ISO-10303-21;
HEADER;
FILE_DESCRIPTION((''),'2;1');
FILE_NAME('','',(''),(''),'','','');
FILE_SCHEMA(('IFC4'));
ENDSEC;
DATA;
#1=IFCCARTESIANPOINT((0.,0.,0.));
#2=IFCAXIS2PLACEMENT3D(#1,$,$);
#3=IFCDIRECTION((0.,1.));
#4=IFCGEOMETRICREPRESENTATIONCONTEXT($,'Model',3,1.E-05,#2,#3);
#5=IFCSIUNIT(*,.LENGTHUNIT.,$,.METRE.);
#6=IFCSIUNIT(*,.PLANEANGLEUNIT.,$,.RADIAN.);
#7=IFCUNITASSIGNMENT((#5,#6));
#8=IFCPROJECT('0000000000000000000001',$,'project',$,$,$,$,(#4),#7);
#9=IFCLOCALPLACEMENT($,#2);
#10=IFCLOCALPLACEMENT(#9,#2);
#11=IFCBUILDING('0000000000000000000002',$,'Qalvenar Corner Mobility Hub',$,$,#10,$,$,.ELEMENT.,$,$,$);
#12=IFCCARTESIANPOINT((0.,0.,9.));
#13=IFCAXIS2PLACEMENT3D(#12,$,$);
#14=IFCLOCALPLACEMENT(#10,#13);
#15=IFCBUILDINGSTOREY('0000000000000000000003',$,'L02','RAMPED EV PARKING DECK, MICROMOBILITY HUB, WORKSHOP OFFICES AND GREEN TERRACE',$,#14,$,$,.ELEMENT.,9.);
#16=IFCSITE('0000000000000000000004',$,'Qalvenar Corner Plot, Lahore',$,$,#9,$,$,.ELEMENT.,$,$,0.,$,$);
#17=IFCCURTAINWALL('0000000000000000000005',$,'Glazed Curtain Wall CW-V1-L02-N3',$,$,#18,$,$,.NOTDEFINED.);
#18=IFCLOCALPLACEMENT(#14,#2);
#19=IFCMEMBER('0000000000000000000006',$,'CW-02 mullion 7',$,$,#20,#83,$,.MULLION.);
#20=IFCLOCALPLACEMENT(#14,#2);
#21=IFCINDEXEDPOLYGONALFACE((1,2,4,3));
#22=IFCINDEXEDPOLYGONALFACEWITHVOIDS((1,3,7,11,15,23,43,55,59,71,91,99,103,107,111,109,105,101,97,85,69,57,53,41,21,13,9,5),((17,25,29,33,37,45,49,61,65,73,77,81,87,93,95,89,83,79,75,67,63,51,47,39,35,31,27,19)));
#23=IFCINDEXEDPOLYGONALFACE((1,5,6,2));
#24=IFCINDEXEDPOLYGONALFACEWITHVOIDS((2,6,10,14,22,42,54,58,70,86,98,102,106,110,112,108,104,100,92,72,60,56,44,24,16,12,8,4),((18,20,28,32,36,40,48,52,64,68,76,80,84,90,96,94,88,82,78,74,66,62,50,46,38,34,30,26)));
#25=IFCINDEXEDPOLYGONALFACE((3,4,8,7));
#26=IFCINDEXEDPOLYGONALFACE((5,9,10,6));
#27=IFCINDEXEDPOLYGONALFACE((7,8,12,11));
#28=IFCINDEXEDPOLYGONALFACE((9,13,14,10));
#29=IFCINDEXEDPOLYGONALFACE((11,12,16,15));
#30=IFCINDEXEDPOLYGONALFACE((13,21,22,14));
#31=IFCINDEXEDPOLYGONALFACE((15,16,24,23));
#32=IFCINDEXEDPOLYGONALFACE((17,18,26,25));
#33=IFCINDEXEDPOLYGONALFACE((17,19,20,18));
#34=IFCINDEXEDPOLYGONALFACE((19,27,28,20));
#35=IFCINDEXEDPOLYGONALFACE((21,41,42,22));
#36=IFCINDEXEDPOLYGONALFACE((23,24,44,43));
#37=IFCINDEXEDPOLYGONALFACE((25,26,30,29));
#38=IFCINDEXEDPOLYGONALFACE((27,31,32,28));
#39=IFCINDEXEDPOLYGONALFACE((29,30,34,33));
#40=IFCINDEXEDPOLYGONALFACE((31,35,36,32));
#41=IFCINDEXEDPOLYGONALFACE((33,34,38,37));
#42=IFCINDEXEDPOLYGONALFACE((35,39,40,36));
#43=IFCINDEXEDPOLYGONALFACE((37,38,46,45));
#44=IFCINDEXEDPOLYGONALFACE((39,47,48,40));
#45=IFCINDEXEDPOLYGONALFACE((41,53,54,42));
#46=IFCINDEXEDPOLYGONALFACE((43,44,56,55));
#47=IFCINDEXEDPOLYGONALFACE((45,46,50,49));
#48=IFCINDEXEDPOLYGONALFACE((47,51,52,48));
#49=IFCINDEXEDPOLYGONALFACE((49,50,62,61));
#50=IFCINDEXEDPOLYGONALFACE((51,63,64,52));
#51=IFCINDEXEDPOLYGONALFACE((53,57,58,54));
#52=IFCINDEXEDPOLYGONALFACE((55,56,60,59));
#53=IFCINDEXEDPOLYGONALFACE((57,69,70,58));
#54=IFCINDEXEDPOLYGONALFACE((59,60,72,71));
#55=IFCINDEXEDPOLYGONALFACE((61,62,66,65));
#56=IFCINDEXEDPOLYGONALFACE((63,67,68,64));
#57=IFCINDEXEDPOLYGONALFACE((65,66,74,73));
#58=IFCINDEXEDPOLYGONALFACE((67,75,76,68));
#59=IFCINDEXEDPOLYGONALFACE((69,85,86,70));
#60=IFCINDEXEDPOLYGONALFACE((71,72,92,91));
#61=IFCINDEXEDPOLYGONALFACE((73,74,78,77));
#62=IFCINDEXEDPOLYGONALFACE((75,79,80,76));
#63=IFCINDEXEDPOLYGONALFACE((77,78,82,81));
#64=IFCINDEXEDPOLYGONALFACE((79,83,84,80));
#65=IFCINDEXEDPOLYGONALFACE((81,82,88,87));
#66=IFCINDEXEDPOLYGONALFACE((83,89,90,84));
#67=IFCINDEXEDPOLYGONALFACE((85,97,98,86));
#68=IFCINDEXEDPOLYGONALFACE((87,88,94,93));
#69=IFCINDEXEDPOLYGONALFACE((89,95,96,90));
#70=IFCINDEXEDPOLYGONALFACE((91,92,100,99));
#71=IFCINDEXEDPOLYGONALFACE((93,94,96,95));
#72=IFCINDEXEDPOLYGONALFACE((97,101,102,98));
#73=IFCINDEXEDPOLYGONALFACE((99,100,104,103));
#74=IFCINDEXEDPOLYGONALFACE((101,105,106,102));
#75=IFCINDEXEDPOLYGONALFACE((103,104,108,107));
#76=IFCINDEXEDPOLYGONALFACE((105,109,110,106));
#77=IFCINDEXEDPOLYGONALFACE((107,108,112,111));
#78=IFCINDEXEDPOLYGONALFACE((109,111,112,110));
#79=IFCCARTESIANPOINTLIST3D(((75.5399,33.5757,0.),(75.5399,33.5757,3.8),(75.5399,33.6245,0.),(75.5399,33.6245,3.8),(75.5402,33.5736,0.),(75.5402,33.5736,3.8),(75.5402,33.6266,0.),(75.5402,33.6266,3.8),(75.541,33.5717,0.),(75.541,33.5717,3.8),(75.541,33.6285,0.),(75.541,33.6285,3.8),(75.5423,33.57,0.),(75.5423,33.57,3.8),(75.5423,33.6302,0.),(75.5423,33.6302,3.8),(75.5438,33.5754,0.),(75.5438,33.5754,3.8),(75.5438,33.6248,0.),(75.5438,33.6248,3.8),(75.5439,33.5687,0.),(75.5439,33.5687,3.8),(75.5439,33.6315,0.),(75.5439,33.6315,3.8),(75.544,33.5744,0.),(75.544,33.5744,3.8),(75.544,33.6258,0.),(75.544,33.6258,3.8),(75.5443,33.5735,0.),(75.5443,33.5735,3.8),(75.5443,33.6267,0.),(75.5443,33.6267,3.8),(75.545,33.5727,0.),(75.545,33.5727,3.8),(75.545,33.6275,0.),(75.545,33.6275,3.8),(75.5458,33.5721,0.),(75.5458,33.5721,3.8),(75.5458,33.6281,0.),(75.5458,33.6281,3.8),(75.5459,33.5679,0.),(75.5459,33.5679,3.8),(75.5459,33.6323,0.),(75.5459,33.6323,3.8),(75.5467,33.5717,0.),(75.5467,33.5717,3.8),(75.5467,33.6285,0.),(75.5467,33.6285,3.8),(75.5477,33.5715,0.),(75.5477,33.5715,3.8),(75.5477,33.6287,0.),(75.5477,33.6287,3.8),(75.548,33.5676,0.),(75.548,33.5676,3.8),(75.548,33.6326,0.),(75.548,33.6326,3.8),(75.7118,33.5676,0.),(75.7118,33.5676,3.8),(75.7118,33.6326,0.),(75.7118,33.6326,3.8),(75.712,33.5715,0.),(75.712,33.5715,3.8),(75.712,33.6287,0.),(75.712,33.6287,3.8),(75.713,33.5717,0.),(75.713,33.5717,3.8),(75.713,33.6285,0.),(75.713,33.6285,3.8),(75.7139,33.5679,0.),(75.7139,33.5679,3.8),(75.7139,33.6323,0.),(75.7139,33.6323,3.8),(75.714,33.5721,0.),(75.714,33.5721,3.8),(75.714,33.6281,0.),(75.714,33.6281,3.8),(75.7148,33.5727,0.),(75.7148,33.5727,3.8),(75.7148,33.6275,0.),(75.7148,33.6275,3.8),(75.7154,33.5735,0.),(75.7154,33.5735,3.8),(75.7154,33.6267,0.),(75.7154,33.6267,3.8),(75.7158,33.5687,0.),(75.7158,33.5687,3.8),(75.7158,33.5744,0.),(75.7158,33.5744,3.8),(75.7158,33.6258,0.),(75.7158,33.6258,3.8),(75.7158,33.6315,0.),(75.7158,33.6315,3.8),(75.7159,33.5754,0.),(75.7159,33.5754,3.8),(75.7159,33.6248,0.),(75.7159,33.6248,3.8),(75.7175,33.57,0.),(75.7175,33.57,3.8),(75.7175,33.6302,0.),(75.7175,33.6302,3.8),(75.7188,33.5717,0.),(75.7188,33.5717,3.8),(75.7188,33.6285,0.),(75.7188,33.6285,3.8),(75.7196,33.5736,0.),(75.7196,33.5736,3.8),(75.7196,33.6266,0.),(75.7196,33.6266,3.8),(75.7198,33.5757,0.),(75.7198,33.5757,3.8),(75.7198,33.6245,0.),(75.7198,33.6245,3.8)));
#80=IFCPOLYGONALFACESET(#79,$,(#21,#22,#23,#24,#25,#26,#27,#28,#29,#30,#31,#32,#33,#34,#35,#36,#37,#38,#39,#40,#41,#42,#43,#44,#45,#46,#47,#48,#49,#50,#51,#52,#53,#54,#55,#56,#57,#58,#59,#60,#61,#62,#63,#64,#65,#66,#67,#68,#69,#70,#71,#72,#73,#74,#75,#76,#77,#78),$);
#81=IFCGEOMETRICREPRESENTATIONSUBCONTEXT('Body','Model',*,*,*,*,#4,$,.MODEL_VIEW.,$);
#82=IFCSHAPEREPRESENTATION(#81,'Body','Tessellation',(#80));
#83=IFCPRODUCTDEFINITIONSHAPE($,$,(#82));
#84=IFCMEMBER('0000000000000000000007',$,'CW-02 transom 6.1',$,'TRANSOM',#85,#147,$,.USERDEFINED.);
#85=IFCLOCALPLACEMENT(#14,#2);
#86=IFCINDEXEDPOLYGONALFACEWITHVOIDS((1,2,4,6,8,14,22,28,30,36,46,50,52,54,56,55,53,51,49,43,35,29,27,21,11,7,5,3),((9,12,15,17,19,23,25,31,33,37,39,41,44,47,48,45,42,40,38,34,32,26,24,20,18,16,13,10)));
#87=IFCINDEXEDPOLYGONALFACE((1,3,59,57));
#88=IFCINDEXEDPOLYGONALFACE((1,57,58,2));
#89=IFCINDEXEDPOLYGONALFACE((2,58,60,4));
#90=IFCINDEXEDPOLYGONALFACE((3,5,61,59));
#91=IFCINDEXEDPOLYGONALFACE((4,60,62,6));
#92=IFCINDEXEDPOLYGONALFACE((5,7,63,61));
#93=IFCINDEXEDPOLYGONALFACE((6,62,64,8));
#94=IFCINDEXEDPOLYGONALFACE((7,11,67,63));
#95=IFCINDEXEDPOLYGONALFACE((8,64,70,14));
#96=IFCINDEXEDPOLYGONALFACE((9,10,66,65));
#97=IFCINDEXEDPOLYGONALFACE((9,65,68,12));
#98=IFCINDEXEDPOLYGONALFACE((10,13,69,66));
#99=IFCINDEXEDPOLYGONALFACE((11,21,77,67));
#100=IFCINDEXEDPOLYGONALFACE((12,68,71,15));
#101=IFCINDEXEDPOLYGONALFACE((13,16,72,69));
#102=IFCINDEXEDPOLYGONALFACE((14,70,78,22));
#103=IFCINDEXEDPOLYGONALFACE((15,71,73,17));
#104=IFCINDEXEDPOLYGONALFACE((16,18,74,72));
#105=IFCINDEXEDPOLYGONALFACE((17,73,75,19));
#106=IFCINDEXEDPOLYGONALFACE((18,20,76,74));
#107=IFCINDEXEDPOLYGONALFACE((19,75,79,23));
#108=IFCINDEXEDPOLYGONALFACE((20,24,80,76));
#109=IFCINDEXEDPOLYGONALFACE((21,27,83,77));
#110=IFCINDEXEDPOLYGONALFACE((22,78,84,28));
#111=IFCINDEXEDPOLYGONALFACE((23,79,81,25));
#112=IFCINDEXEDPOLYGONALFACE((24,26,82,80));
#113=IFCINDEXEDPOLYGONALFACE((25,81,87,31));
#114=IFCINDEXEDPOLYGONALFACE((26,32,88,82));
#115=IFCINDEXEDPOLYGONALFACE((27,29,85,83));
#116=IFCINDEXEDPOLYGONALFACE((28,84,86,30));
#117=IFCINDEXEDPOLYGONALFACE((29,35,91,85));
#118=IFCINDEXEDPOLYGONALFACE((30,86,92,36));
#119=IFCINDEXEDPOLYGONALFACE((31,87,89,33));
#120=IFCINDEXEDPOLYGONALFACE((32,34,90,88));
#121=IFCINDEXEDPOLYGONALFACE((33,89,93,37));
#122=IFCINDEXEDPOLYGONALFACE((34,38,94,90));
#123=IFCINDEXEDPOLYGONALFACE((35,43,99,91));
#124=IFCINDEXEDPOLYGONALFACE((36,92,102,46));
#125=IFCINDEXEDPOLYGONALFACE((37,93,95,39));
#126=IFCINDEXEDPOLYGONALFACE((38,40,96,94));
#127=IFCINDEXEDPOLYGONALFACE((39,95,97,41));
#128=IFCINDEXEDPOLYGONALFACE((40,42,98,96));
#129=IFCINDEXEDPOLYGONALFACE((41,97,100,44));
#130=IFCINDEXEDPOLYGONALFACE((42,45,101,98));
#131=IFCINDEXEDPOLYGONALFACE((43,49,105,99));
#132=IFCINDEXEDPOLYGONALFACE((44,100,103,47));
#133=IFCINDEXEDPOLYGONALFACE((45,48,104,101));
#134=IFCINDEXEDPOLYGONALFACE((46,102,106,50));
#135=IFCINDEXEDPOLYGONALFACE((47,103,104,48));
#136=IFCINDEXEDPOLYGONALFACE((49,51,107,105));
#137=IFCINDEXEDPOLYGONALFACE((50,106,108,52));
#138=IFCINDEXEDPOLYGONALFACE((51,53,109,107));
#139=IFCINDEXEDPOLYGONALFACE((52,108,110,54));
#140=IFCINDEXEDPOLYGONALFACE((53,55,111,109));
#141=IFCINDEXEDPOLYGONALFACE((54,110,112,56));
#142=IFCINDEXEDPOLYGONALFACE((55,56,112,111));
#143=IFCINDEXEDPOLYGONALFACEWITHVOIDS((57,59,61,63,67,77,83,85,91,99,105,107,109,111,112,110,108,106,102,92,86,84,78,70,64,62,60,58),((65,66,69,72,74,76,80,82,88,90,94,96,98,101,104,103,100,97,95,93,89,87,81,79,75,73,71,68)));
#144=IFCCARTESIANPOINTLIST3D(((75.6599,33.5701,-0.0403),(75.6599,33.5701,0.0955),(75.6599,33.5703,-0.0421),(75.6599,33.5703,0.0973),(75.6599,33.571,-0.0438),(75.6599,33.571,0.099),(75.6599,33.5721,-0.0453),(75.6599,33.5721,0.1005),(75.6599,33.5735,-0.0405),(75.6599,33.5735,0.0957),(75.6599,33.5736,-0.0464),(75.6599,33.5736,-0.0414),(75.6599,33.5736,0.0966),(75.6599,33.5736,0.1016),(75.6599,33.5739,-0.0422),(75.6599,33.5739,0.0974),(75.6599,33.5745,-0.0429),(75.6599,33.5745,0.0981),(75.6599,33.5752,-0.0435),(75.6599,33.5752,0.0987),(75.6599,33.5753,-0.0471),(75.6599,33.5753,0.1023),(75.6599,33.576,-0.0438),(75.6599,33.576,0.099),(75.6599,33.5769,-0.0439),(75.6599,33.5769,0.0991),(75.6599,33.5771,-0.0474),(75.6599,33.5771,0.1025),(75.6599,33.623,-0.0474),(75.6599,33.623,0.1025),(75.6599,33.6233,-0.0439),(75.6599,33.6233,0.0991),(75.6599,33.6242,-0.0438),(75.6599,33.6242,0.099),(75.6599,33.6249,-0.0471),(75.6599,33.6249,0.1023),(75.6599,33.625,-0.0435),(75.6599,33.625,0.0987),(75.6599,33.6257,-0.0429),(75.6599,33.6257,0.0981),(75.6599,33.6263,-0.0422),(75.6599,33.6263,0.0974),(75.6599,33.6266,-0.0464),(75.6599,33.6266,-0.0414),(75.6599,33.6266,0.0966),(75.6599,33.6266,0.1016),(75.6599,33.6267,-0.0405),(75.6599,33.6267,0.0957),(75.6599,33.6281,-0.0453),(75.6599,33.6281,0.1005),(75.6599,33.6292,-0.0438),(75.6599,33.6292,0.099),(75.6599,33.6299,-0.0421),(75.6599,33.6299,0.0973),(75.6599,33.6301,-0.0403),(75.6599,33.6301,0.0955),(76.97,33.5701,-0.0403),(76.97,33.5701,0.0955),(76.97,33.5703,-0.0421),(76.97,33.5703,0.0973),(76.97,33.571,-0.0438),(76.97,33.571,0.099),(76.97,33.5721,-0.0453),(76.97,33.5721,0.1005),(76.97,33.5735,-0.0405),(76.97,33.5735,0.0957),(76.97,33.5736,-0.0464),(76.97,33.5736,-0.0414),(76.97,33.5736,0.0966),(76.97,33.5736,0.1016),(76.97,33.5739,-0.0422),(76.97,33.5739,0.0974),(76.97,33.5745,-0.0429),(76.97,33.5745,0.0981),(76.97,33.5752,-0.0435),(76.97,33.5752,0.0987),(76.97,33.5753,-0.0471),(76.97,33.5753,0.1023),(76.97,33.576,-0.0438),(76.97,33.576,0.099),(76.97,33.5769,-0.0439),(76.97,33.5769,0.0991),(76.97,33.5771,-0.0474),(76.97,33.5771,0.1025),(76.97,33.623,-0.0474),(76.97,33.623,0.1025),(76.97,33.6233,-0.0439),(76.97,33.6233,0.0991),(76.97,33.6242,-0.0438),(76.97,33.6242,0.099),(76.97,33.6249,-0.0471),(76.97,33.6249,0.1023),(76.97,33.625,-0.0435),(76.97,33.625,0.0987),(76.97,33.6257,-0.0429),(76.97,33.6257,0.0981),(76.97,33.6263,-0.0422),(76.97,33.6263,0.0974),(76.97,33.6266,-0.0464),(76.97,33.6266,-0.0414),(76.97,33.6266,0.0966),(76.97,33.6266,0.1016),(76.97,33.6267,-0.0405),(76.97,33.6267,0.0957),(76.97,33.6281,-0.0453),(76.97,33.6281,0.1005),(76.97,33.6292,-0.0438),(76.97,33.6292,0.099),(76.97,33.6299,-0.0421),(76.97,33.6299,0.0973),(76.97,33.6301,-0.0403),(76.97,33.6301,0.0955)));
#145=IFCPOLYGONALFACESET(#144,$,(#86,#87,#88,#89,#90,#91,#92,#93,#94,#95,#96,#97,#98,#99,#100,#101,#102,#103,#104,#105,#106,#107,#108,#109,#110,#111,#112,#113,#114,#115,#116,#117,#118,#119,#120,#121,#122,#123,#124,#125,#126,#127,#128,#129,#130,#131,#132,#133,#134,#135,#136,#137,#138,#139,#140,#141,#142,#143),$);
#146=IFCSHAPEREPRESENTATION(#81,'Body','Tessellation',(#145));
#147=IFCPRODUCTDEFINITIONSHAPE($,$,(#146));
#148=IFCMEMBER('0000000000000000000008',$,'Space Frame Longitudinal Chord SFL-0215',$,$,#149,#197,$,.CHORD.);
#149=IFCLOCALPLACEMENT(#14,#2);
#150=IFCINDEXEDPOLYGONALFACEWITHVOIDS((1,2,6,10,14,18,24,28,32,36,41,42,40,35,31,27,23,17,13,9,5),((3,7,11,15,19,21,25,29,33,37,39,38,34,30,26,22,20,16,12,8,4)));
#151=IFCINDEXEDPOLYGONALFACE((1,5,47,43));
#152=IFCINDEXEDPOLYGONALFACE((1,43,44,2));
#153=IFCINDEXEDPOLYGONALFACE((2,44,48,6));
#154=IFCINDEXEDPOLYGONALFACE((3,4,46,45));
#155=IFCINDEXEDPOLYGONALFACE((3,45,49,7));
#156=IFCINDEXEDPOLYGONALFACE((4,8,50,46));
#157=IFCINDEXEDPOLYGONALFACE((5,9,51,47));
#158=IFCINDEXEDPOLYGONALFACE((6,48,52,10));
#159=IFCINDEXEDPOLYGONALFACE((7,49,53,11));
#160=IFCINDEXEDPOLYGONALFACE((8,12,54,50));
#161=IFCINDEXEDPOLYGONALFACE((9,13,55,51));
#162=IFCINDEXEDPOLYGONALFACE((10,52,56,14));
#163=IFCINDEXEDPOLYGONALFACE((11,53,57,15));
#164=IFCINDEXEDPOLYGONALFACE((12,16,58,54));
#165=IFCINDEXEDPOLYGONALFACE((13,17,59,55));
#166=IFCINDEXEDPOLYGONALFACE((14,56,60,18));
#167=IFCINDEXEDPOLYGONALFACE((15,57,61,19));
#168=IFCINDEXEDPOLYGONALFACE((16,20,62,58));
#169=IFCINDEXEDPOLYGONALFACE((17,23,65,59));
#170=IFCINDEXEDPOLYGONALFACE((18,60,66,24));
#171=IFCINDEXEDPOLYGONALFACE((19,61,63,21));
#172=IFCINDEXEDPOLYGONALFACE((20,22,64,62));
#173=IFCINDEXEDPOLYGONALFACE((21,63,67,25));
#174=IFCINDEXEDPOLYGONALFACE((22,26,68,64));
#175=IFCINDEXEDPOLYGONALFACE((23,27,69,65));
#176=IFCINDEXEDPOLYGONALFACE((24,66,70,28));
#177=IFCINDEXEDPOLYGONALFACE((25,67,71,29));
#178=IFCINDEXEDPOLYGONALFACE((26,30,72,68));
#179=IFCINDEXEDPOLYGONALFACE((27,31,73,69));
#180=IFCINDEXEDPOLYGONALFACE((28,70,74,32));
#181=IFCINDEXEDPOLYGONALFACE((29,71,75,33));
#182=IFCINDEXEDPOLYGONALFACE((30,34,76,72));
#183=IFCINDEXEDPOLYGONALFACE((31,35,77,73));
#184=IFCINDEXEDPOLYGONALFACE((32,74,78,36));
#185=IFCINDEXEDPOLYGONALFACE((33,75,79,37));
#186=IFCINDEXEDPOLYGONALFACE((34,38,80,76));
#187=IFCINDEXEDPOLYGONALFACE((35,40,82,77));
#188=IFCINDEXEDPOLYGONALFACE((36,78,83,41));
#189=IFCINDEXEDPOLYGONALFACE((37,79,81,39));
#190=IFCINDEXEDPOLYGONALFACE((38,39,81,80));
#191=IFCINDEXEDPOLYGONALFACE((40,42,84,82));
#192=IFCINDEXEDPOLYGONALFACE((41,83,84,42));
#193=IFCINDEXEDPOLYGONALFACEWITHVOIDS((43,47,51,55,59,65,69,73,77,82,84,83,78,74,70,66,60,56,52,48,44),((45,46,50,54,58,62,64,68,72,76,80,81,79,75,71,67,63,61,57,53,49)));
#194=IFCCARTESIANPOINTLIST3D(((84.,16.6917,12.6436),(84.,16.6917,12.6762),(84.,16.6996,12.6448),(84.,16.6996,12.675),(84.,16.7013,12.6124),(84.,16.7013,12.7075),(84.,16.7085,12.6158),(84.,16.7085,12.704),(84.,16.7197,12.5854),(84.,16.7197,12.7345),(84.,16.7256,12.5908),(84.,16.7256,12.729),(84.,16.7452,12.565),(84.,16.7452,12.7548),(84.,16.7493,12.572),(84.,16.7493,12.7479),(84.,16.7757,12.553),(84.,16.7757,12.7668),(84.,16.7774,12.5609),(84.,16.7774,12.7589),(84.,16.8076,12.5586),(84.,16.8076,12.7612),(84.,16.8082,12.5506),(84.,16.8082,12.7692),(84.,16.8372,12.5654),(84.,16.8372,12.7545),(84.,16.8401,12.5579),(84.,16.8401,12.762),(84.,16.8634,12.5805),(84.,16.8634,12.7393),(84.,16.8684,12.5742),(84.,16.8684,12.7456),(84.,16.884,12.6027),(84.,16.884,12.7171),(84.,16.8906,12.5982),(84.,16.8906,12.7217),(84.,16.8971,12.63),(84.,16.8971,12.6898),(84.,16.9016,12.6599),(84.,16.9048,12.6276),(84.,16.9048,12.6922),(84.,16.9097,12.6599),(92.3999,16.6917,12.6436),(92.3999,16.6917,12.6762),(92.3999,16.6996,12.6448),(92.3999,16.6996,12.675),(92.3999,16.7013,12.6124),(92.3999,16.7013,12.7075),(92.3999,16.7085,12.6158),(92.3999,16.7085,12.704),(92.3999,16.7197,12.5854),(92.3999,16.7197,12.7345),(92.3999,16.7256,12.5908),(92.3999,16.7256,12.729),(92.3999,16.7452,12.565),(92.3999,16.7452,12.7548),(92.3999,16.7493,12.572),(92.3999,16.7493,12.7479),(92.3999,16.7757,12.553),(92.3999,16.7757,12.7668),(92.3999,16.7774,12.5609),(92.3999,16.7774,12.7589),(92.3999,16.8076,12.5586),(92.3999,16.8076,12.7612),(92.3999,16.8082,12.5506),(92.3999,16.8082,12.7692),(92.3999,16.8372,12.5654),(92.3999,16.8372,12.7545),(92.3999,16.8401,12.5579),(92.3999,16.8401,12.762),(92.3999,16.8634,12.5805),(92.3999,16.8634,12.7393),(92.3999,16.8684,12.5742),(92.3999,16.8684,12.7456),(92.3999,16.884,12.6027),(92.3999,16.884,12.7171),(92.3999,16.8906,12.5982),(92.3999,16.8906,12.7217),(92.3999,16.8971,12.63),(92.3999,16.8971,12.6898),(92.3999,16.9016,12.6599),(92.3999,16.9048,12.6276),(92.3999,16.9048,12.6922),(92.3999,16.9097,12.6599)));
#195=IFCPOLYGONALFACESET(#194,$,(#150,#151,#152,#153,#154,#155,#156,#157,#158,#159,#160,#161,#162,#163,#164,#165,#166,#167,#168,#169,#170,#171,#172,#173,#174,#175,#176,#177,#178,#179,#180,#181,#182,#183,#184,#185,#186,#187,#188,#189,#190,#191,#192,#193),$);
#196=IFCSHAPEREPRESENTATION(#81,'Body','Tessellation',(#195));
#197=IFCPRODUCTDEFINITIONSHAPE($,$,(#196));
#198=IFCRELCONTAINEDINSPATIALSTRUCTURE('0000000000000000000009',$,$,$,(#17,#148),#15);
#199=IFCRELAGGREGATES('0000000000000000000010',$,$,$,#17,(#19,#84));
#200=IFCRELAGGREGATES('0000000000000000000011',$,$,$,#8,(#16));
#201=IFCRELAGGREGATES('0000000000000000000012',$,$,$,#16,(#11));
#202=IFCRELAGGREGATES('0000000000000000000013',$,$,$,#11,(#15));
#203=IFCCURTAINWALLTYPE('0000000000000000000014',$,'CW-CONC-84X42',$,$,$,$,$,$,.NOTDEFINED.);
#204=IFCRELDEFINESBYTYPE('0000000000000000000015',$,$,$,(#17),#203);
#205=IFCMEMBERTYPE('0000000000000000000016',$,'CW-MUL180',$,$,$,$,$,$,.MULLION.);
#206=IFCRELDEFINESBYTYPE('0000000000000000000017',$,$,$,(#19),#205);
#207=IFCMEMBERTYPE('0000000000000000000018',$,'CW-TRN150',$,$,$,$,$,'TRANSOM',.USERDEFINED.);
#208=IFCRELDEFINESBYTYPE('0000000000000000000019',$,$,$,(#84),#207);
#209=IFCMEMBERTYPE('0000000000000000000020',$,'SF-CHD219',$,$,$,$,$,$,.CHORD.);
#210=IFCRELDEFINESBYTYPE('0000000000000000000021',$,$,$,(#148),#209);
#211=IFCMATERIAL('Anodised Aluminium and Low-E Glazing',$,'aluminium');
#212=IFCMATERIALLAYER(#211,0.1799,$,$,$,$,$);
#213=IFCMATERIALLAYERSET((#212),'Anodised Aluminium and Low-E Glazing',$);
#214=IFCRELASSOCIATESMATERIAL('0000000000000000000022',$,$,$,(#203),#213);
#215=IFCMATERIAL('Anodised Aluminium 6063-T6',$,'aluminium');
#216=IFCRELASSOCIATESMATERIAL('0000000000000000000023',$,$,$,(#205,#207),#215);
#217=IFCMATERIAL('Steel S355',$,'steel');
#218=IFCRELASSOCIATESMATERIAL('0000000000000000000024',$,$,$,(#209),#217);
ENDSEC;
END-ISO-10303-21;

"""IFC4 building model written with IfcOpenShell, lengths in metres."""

from ifc_helpers import new_model, si_unit, direction, frame, origin, origin_2d, place, context, subcontext, project, spatial, hollow_rectangle, hollow_circle, extrude, material, layer, layer_set, material_profile, profile_set, type_object, element, aggregate, save


model = new_model("IFC4")

# Units and contexts
model_context = context("Model", 3, precision=1e-05, world=origin(), true_north=direction((0.0, 1.0)))
body_context = subcontext(model_context, "Body", "Model", "MODEL_VIEW")
ifc_project = project(units=[si_unit("LENGTHUNIT", "METRE"), si_unit("PLANEANGLEUNIT", "RADIAN")], contexts=[model_context])

# Site, building, storey
site_placement = place(None, origin())
site = spatial("IfcSite", under=ifc_project, at=site_placement, Name="Qalvenar Corner Plot, Lahore", CompositionType="ELEMENT", RefElevation=0.0)
building_placement = place(site_placement, origin())
building = spatial("IfcBuilding", under=site, at=building_placement, Name="Qalvenar Corner Mobility Hub", CompositionType="ELEMENT")
storey_placement = place(building_placement, frame((0.0, 0.0, 9.0)))
storey = spatial("IfcBuildingStorey", under=building, at=storey_placement, Name="L02", Description="RAMPED EV PARKING DECK, MICROMOBILITY HUB, WORKSHOP OFFICES AND GREEN TERRACE", CompositionType="ELEMENT", Elevation=9.0)

# Curtain wall, members
ifc_material_1 = material(Name="Anodised Aluminium and Low-E Glazing", Category="aluminium")
ifc_layer_1 = layer(ifc_material_1, 0.1799)
ifc_layer_set_1 = layer_set([ifc_layer_1], Name="Anodised Aluminium and Low-E Glazing")
curtain_wall_type = type_object("IfcCurtainWallType", Name="CW-CONC-84X42", PredefinedType="NOTDEFINED", material=ifc_layer_set_1)
curtain_wall_placement = place(storey_placement, origin())
curtain_wall = element("IfcCurtainWall", 1, at=curtain_wall_placement, inside=storey, type_object=curtain_wall_type, Name="Glazed Curtain Wall CW-V1-L02-N3", PredefinedType="NOTDEFINED")
ifc_material_2 = material(Name="Anodised Aluminium 6063-T6", Category="aluminium")
ifc_material_profile_1 = material_profile(ifc_material_2, hollow_rectangle(XDim=0.0649, YDim=0.1799, WallThickness=0.0039, InnerFilletRadius=0.0039, OuterFilletRadius=0.0081, at=origin_2d()), Name="RHS180x65x4")
ifc_profile_set_1 = profile_set([ifc_material_profile_1], Name="Anodised Aluminium 6063-T6")
member_type_1 = type_object("IfcMemberType", Name="CW-MUL180", PredefinedType="MULLION", material=ifc_profile_set_1)
member_1_placement = place(storey_placement, frame((75.6299, 33.6001, 0.0), z_axis=(0.0, 0.0, 1.0), x_axis=(0.0, -1.0, 0.0)))
member_1 = element("IfcMember", 2, at=member_1_placement, type_object=member_type_1, Name="CW-02 mullion 7", PredefinedType="MULLION", context=body_context, shape_type="SweptSolid", body=[
    extrude(hollow_rectangle(XDim=0.0649, YDim=0.1799, WallThickness=0.0039, InnerFilletRadius=0.0039, OuterFilletRadius=0.0081, at=origin_2d()), origin(), (0.0, 0.0, 1.0), 3.8),
])
ifc_material_profile_2 = material_profile(ifc_material_2, hollow_rectangle(XDim=0.0601, YDim=0.1499, WallThickness=0.0034, InnerFilletRadius=0.0034, OuterFilletRadius=0.0071, at=origin_2d()), Name="RHS150x60x3.5")
ifc_profile_set_2 = profile_set([ifc_material_profile_2], Name="Anodised Aluminium 6063-T6")
member_type_2 = type_object("IfcMemberType", Name="CW-TRN150", ElementType="TRANSOM", PredefinedType="USERDEFINED", material=ifc_profile_set_2)
member_2_placement = place(storey_placement, frame((76.97, 33.6001, 0.0276), z_axis=(-1.0, 0.0, 0.0), x_axis=(0.0, -1.0, 0.0)))
member_2 = element("IfcMember", 3, at=member_2_placement, type_object=member_type_2, Name="CW-02 transom 6.1", ObjectType="TRANSOM", PredefinedType="USERDEFINED", context=body_context, shape_type="SweptSolid", body=[
    extrude(hollow_rectangle(XDim=0.0601, YDim=0.1499, WallThickness=0.0034, InnerFilletRadius=0.0034, OuterFilletRadius=0.0071, at=origin_2d()), origin(), (0.0, 0.0, 1.0), 1.3101),
])

# Member
ifc_material_3 = material(Name="Steel S355", Category="steel")
ifc_material_profile_3 = material_profile(ifc_material_3, hollow_circle(Radius=0.1096, WallThickness=0.0081, at=origin_2d()), Name="CHS219.1x8")
ifc_profile_set_3 = profile_set([ifc_material_profile_3], Name="Steel S355")
member_type_3 = type_object("IfcMemberType", Name="SF-CHD219", PredefinedType="CHORD", material=ifc_profile_set_3)
for number, where, z_axis, x_axis, name in (
    (4, (84.0, 16.8, 12.6599), (1.0, 0.0, 0.0), (0.0, 1.0, 0.0), "Space Frame Longitudinal Chord SFL-0215"),
):
    element("IfcMember", number, at=place(storey_placement, frame(where, z_axis=z_axis, x_axis=x_axis)), inside=storey, type_object=member_type_3, Name=name, PredefinedType="CHORD", context=body_context, shape_type="SweptSolid", body=[
        extrude(hollow_circle(Radius=0.1096, WallThickness=0.0081, at=origin_2d()), origin(), (0.0, 0.0, 1.0), 8.3999),
    ])

aggregate(curtain_wall, [member_1, member_2])

save(model, "model.ifc")
